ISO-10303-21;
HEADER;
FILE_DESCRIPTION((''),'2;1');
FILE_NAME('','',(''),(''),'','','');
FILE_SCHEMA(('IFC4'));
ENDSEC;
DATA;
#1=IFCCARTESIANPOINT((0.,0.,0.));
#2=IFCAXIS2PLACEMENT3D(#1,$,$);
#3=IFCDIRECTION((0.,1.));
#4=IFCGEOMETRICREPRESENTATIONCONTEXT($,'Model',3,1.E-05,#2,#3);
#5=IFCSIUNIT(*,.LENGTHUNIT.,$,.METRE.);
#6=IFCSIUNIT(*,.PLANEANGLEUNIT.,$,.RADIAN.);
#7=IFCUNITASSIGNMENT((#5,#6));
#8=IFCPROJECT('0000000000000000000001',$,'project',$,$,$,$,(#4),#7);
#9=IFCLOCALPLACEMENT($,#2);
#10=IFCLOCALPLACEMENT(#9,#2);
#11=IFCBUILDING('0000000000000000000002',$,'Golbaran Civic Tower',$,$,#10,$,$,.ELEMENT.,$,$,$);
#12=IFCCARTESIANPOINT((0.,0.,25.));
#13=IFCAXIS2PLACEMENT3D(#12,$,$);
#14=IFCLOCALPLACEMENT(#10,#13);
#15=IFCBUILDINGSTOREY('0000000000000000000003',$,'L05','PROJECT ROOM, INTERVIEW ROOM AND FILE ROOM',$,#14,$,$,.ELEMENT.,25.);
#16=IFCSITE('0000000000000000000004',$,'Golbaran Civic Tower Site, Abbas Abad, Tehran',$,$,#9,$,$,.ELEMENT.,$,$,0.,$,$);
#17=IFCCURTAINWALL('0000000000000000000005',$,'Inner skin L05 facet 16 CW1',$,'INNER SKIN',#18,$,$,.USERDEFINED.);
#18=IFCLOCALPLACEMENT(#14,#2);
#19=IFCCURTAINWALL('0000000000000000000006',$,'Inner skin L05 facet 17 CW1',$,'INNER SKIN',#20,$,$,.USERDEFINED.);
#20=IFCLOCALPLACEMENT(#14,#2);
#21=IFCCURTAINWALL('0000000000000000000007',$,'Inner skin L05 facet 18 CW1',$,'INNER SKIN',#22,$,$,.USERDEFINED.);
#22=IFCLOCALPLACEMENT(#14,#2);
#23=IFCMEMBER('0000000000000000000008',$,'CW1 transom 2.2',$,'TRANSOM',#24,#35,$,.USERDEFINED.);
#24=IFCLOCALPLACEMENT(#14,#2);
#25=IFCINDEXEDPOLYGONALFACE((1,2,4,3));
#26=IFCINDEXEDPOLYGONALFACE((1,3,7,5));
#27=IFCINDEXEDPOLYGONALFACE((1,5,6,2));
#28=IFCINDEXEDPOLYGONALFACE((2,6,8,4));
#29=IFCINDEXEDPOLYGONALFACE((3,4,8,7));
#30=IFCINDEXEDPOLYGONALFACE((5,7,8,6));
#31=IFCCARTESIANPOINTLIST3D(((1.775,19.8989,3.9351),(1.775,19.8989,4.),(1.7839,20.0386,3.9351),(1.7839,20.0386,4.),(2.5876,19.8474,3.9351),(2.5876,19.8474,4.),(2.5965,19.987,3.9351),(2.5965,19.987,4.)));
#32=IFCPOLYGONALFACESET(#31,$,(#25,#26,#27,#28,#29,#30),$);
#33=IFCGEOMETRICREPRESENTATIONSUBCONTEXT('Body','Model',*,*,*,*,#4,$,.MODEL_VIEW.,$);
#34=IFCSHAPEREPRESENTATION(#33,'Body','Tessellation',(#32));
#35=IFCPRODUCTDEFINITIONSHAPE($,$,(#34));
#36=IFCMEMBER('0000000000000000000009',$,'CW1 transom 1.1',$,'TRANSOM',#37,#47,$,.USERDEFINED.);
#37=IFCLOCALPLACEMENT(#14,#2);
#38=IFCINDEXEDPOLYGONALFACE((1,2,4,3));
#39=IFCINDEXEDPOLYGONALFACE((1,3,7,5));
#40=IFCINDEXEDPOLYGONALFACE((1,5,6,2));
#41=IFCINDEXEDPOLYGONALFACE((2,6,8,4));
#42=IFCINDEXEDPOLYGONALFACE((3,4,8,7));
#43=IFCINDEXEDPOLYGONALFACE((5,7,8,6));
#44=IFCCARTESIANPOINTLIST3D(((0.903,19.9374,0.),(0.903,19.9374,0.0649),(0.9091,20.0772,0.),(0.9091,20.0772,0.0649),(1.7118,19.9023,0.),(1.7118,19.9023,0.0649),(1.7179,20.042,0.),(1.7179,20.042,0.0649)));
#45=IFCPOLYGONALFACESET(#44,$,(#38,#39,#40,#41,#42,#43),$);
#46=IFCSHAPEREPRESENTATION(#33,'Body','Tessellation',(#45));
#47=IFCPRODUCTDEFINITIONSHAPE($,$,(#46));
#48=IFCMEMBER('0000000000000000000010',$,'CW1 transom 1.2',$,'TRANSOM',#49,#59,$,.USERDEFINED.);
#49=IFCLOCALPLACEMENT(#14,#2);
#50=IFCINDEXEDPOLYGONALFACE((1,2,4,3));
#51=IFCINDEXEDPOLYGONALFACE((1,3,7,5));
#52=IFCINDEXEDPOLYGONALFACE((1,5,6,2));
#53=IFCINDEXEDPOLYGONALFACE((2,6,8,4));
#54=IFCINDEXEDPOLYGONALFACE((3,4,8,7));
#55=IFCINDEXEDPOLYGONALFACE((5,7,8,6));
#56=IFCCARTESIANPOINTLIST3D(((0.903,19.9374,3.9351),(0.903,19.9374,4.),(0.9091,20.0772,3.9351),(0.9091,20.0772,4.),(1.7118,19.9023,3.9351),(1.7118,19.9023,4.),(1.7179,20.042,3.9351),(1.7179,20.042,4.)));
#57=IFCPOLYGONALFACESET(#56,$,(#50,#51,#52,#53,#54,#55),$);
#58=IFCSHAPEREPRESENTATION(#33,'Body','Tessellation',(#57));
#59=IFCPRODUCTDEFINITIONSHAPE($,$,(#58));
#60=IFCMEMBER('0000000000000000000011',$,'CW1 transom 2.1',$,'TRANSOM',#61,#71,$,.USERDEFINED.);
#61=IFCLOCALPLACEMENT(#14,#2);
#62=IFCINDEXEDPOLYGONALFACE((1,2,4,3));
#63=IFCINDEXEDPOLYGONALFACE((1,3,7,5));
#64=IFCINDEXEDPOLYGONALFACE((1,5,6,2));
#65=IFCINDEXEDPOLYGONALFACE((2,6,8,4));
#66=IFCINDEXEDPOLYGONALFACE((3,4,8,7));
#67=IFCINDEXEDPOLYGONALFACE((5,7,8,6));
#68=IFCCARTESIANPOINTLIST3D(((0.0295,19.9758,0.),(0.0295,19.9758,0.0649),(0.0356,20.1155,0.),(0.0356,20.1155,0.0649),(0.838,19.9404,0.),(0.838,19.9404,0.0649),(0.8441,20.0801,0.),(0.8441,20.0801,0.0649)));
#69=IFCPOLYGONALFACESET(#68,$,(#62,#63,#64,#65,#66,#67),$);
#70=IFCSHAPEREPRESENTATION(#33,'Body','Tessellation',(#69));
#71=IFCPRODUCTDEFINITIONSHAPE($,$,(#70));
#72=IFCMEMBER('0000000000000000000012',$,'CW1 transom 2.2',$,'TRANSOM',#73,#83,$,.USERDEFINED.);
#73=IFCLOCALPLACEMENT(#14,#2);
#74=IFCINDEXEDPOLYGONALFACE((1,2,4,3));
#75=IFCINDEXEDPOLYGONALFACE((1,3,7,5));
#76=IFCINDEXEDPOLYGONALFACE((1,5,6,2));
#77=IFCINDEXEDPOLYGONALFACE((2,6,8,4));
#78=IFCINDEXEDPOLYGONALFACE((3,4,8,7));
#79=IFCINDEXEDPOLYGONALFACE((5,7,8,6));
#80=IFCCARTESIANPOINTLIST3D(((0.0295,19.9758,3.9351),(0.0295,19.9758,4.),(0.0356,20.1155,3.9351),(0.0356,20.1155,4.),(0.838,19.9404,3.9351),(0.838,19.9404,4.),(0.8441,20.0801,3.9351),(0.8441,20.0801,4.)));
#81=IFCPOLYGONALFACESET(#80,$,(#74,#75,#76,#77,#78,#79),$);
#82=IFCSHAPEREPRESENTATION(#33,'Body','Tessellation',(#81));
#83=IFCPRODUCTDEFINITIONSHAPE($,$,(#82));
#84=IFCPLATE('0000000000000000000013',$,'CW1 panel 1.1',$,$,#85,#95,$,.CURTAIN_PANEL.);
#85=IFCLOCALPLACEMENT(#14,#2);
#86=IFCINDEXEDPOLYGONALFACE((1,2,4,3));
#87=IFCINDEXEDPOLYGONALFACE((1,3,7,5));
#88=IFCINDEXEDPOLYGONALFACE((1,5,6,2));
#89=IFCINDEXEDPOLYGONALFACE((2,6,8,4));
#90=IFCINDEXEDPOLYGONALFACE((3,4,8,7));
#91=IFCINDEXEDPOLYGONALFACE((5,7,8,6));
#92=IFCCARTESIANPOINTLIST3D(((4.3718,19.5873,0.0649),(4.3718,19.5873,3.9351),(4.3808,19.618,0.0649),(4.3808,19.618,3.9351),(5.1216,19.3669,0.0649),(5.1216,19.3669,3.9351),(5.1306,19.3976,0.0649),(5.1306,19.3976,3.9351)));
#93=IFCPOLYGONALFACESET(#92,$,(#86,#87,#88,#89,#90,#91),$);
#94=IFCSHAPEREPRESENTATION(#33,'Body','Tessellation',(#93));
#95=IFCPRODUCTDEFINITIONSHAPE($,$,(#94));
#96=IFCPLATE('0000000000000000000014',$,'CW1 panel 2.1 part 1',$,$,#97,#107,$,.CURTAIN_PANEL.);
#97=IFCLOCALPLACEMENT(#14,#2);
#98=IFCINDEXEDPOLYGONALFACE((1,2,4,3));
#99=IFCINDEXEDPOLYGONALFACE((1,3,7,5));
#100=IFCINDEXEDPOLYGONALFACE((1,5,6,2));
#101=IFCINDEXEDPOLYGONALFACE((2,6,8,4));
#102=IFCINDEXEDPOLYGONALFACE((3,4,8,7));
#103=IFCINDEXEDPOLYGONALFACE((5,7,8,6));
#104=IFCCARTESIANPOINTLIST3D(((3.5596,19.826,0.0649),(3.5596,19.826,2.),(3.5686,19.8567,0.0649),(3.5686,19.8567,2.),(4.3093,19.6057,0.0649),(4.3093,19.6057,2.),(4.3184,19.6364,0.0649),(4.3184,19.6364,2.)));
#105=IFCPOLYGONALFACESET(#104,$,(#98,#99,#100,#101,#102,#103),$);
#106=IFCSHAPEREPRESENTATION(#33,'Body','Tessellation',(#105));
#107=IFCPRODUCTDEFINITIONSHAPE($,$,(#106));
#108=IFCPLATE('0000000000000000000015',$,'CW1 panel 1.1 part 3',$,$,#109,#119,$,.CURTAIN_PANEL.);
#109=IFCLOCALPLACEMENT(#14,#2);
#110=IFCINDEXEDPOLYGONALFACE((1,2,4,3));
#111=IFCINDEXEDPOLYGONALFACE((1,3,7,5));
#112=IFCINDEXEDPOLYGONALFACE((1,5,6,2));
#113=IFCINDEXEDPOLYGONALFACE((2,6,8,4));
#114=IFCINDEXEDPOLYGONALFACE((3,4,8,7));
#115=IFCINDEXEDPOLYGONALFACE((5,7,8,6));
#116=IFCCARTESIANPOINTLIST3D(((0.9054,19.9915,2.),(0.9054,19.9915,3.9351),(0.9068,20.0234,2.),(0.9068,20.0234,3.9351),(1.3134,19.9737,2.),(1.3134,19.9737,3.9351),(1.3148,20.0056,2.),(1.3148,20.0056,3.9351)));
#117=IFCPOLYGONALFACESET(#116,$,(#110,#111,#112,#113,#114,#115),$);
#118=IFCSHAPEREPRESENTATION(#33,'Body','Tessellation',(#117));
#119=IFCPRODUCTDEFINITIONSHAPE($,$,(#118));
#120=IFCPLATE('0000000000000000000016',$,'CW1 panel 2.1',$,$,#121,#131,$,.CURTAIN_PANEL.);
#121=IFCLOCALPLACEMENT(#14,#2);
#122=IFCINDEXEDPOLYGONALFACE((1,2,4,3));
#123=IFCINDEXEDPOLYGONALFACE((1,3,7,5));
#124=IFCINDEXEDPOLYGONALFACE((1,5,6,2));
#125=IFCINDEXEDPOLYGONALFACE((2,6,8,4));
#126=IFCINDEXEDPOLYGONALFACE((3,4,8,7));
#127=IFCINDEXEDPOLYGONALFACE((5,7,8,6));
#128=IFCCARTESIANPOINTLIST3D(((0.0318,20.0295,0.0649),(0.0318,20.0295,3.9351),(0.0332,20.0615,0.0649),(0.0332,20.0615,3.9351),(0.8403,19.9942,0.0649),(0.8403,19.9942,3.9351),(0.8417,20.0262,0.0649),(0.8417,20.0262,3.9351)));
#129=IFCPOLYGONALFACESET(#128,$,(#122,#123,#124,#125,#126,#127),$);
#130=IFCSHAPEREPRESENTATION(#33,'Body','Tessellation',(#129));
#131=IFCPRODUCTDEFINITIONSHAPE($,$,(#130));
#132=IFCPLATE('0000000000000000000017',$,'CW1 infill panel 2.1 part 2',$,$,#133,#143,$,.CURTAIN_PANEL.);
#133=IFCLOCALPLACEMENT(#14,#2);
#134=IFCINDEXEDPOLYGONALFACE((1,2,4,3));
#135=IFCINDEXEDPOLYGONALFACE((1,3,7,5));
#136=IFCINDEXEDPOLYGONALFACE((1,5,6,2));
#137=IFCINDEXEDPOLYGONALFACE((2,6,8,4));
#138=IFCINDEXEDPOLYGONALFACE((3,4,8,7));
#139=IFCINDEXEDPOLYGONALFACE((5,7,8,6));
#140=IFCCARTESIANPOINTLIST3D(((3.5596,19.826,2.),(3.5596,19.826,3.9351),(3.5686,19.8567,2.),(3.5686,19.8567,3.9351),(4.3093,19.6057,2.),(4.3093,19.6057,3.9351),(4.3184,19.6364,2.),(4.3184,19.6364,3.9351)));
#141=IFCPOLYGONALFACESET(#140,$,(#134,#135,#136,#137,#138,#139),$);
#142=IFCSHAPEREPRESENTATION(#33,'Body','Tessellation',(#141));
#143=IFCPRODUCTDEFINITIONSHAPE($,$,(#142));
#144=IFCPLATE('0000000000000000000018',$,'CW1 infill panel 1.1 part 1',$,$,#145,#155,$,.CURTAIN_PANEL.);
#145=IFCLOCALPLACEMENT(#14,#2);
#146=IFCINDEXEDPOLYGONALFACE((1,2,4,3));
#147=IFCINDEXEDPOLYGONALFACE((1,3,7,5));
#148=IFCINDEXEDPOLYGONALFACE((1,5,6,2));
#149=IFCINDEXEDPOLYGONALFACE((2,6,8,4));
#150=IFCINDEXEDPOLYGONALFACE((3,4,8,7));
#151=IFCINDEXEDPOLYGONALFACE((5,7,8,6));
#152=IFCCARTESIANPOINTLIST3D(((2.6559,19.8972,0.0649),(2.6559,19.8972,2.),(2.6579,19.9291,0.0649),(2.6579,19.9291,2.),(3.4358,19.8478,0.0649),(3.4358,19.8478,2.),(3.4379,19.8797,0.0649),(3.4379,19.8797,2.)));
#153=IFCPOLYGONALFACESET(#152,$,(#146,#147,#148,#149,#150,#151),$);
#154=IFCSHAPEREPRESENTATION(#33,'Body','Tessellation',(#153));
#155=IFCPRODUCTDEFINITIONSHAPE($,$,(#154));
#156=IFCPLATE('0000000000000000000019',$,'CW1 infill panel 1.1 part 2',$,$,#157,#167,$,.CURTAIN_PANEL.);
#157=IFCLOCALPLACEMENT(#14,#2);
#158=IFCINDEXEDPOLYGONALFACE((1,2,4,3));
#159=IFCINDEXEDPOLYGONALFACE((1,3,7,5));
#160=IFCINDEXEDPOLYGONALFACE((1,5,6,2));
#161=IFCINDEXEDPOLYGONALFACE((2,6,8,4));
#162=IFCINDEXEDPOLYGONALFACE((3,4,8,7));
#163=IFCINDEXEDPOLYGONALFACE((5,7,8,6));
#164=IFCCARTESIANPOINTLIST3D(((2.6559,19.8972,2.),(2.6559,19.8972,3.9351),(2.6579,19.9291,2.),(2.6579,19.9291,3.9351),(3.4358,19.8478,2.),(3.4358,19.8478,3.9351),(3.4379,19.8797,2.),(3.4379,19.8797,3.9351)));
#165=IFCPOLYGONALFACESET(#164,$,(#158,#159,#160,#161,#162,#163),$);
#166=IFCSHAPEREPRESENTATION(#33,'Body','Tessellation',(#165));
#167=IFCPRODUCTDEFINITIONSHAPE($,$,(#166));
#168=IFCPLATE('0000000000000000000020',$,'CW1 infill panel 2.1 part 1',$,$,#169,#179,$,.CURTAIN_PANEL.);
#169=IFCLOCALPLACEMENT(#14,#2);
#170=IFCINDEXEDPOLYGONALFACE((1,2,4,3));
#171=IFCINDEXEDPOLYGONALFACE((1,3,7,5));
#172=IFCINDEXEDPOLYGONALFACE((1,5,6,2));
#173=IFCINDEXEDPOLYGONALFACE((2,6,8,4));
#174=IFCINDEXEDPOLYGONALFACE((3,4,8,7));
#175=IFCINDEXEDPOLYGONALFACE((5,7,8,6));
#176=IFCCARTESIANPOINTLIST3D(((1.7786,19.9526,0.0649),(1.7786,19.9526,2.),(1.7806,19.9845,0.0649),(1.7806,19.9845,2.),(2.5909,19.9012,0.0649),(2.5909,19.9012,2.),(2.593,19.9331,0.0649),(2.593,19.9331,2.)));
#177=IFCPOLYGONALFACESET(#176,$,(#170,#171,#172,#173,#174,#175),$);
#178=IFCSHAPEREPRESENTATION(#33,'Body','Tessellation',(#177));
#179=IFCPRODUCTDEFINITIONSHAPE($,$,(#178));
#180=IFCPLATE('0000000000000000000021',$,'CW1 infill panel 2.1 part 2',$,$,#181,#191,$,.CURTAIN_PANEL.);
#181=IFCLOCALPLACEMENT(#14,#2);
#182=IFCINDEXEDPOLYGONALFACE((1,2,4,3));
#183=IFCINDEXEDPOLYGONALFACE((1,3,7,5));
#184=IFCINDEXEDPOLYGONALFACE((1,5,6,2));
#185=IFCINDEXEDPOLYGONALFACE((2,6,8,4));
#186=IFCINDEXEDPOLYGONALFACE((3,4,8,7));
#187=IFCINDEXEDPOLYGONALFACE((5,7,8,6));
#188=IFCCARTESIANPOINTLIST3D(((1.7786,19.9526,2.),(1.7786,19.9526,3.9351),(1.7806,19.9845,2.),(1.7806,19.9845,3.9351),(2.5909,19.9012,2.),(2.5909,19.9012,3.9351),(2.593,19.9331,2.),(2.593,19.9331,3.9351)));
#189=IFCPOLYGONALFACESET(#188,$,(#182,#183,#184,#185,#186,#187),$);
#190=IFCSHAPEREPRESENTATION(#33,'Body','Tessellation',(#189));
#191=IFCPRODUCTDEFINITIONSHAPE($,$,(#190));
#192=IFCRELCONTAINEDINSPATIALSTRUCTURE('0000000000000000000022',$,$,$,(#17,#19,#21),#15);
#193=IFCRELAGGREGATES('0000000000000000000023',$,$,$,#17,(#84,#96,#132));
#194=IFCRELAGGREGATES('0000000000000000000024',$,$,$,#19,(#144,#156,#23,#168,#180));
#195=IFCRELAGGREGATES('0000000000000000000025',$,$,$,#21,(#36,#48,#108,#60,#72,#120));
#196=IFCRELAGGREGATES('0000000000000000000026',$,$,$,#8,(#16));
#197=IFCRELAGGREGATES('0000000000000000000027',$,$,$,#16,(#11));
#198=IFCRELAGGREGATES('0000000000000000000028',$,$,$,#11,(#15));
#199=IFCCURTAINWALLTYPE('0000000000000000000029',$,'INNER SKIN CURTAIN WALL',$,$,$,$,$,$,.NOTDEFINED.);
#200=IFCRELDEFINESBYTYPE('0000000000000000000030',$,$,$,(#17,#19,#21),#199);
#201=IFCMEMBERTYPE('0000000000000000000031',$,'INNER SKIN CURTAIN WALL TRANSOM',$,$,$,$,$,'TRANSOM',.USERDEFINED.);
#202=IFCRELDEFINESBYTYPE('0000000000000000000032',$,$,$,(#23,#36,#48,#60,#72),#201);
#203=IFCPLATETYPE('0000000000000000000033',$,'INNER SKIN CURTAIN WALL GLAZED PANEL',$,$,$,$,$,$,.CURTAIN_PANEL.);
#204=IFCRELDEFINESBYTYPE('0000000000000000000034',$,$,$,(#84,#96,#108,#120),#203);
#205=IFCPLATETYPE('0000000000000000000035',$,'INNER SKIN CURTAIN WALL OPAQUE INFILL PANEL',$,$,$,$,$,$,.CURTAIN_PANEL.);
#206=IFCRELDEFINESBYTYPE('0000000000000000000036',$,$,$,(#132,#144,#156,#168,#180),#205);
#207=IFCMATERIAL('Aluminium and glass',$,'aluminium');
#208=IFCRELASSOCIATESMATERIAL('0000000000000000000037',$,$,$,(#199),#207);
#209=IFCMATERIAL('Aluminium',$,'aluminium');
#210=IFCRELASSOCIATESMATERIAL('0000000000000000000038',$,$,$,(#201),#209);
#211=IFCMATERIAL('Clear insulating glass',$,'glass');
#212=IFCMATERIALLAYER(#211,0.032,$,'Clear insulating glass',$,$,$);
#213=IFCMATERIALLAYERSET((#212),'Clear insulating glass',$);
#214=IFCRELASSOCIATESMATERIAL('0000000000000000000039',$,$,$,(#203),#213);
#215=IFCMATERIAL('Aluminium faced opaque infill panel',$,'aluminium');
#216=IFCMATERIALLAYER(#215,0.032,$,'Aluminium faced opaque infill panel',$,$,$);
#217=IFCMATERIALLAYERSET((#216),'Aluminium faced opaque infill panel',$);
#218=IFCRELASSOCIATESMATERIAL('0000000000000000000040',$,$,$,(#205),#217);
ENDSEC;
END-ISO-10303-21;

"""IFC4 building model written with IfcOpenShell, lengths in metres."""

from ifc_helpers import new_model, si_unit, direction, frame, origin, origin_2d, place, context, subcontext, project, spatial, rectangle, extrude, material, layer, layer_set, material_profile, profile_set, type_object, element, aggregate, save


model = new_model("IFC4")

# Units and contexts
model_context = context("Model", 3, precision=1e-05, world=origin(), true_north=direction((0.0, 1.0)))
body_context = subcontext(model_context, "Body", "Model", "MODEL_VIEW")
ifc_project = project(units=[si_unit("LENGTHUNIT", "METRE"), si_unit("PLANEANGLEUNIT", "RADIAN")], contexts=[model_context])

# Site, building, storey
site_placement = place(None, origin())
site = spatial("IfcSite", under=ifc_project, at=site_placement, Name="Golbaran Civic Tower Site, Abbas Abad, Tehran", CompositionType="ELEMENT", RefElevation=0.0)
building_placement = place(site_placement, origin())
building = spatial("IfcBuilding", under=site, at=building_placement, Name="Golbaran Civic Tower", CompositionType="ELEMENT")
storey_placement = place(building_placement, frame((0.0, 0.0, 25.0)))
storey = spatial("IfcBuildingStorey", under=building, at=storey_placement, Name="L05", Description="PROJECT ROOM, INTERVIEW ROOM AND FILE ROOM", CompositionType="ELEMENT", Elevation=25.0)

# Curtain walls
ifc_material_1 = material(Name="Aluminium and glass", Category="aluminium")
curtain_wall_type = type_object("IfcCurtainWallType", Name="INNER SKIN CURTAIN WALL", PredefinedType="NOTDEFINED", material=ifc_material_1)
curtain_wall_1_placement = place(storey_placement, origin())
curtain_wall_1 = element("IfcCurtainWall", 1, at=curtain_wall_1_placement, inside=storey, type_object=curtain_wall_type, Name="Inner skin L05 facet 16 CW1", ObjectType="INNER SKIN", PredefinedType="USERDEFINED")
ifc_material_2 = material(Name="Aluminium", Category="aluminium")
curtain_wall_2_placement = place(storey_placement, origin())
curtain_wall_2 = element("IfcCurtainWall", 2, at=curtain_wall_2_placement, inside=storey, type_object=curtain_wall_type, Name="Inner skin L05 facet 17 CW1", ObjectType="INNER SKIN", PredefinedType="USERDEFINED")

# Curtain wall
curtain_wall_3_placement = place(storey_placement, origin())
curtain_wall_3 = element("IfcCurtainWall", 3, at=curtain_wall_3_placement, inside=storey, type_object=curtain_wall_type, Name="Inner skin L05 facet 18 CW1", ObjectType="INNER SKIN", PredefinedType="USERDEFINED")

# Members
ifc_material_profile_1 = material_profile(ifc_material_2, rectangle(XDim=0.1399, YDim=0.0649, at=origin_2d()), Name="INNER SKIN CURTAIN WALL TRANSOM")
ifc_profile_set_1 = profile_set([ifc_material_profile_1], Name="Aluminium")
member_type_1 = type_object("IfcMemberType", Name="INNER SKIN CURTAIN WALL TRANSOM", ElementType="TRANSOM", PredefinedType="USERDEFINED", material=ifc_profile_set_1)
member_1_placement = place(storey_placement, frame((2.592, 19.9172, 3.9675), z_axis=(-0.997996, 0.063274, 0.0), x_axis=(-0.063274, -0.997996, 0.0)))
member_1 = element("IfcMember", 4, at=member_1_placement, type_object=member_type_1, Name="CW1 transom 2.2", ObjectType="TRANSOM", PredefinedType="USERDEFINED", context=body_context, shape_type="SweptSolid", body=[
    extrude(rectangle(XDim=0.1399, YDim=0.0649, at=origin_2d()), origin(), (0.0, 0.0, 1.0), 0.8142),
])
member_2_placement = place(storey_placement, frame((1.7148, 19.9722, 0.0325), z_axis=(-0.999057, 0.043424, 0.0), x_axis=(-0.043424, -0.999057, 0.0)))
member_2 = element("IfcMember", 5, at=member_2_placement, type_object=member_type_1, Name="CW1 transom 1.1", ObjectType="TRANSOM", PredefinedType="USERDEFINED", context=body_context, shape_type="SweptSolid", body=[
    extrude(rectangle(XDim=0.1399, YDim=0.0649, at=origin_2d()), origin(), (0.0, 0.0, 1.0), 0.8096),
])
member_3_placement = place(storey_placement, frame((1.7148, 19.9722, 3.9675), z_axis=(-0.999057, 0.043424, 0.0), x_axis=(-0.043424, -0.999057, 0.0)))
member_3 = element("IfcMember", 6, at=member_3_placement, type_object=member_type_1, Name="CW1 transom 1.2", ObjectType="TRANSOM", PredefinedType="USERDEFINED", context=body_context, shape_type="SweptSolid", body=[
    extrude(rectangle(XDim=0.1399, YDim=0.0649, at=origin_2d()), origin(), (0.0, 0.0, 1.0), 0.8096),
])
member_4_placement = place(storey_placement, frame((0.8411, 20.0103, 0.0325), z_axis=(-0.999043, 0.043738, 0.0), x_axis=(-0.043738, -0.999043, 0.0)))
member_4 = element("IfcMember", 7, at=member_4_placement, type_object=member_type_1, Name="CW1 transom 2.1", ObjectType="TRANSOM", PredefinedType="USERDEFINED", context=body_context, shape_type="SweptSolid", body=[
    extrude(rectangle(XDim=0.1399, YDim=0.0649, at=origin_2d()), origin(), (0.0, 0.0, 1.0), 0.8093),
])
member_5_placement = place(storey_placement, frame((0.8411, 20.0103, 3.9675), z_axis=(-0.999043, 0.043738, 0.0), x_axis=(-0.043738, -0.999043, 0.0)))
member_5 = element("IfcMember", 8, at=member_5_placement, type_object=member_type_1, Name="CW1 transom 2.2", ObjectType="TRANSOM", PredefinedType="USERDEFINED", context=body_context, shape_type="SweptSolid", body=[
    extrude(rectangle(XDim=0.1399, YDim=0.0649, at=origin_2d()), origin(), (0.0, 0.0, 1.0), 0.8093),
])

# Plates
ifc_material_3 = material(Name="Clear insulating glass", Category="glass")
ifc_layer_1 = layer(ifc_material_3, 0.032, Name="Clear insulating glass")
ifc_layer_set_1 = layer_set([ifc_layer_1], Name="Clear insulating glass")
plate_type_1 = type_object("IfcPlateType", Name="INNER SKIN CURTAIN WALL GLAZED PANEL", PredefinedType="CURTAIN_PANEL", material=ifc_layer_set_1)
plate_1_placement = place(storey_placement, frame((4.7512, 19.4924, 0.0649), z_axis=(0.0, 0.0, 1.0), x_axis=(-0.959425, 0.281964, 0.0)))
plate_1 = element("IfcPlate", 9, at=plate_1_placement, type_object=plate_type_1, Name="CW1 panel 1.1", PredefinedType="CURTAIN_PANEL", context=body_context, shape_type="SweptSolid", body=[
    extrude(rectangle(XDim=0.7815, YDim=0.032, at=origin_2d()), origin(), (0.0, 0.0, 1.0), 3.8701),
])
plate_2_placement = place(storey_placement, frame((3.939, 19.7312, 0.0649), z_axis=(0.0, 0.0, 1.0), x_axis=(-0.959425, 0.281964, 0.0)))
plate_2 = element("IfcPlate", 10, at=plate_2_placement, type_object=plate_type_1, Name="CW1 panel 2.1 part 1", PredefinedType="CURTAIN_PANEL", context=body_context, shape_type="SweptSolid", body=[
    extrude(rectangle(XDim=0.7815, YDim=0.032, at=origin_2d()), origin(), (0.0, 0.0, 1.0), 1.9351),
])
plate_3_placement = place(storey_placement, frame((1.1101, 19.9985, 2.0), z_axis=(0.0, 0.0, 1.0), x_axis=(-0.999048, 0.043619, 0.0)))
plate_3 = element("IfcPlate", 11, at=plate_3_placement, type_object=plate_type_1, Name="CW1 panel 1.1 part 3", PredefinedType="CURTAIN_PANEL", context=body_context, shape_type="SweptSolid", body=[
    extrude(rectangle(XDim=0.4084, YDim=0.032, at=origin_2d()), origin(), (0.0, 0.0, 1.0), 1.9351),
])
plate_4_placement = place(storey_placement, frame((0.4368, 20.0278, 0.0649), z_axis=(0.0, 0.0, 1.0), x_axis=(-0.999048, 0.043619, 0.0)))
plate_4 = element("IfcPlate", 12, at=plate_4_placement, type_object=plate_type_1, Name="CW1 panel 2.1", PredefinedType="CURTAIN_PANEL", context=body_context, shape_type="SweptSolid", body=[
    extrude(rectangle(XDim=0.8093, YDim=0.032, at=origin_2d()), origin(), (0.0, 0.0, 1.0), 3.8701),
])
ifc_material_4 = material(Name="Aluminium faced opaque infill panel", Category="aluminium")
ifc_layer_2 = layer(ifc_material_4, 0.032, Name="Aluminium faced opaque infill panel")
ifc_layer_set_2 = layer_set([ifc_layer_2], Name="Aluminium faced opaque infill panel")
plate_type_2 = type_object("IfcPlateType", Name="INNER SKIN CURTAIN WALL OPAQUE INFILL PANEL", PredefinedType="CURTAIN_PANEL", material=ifc_layer_set_2)
plate_5_placement = place(storey_placement, frame((3.939, 19.7312, 2.0), z_axis=(0.0, 0.0, 1.0), x_axis=(-0.959425, 0.281964, 0.0)))
plate_5 = element("IfcPlate", 13, at=plate_5_placement, type_object=plate_type_2, Name="CW1 infill panel 2.1 part 2", PredefinedType="CURTAIN_PANEL", context=body_context, shape_type="SweptSolid", body=[
    extrude(rectangle(XDim=0.7815, YDim=0.032, at=origin_2d()), origin(), (0.0, 0.0, 1.0), 1.9351),
])
aggregate(curtain_wall_1, [plate_1, plate_2, plate_5])
plate_6_placement = place(storey_placement, frame((3.0469, 19.8884, 0.0649), z_axis=(0.0, 0.0, 1.0), x_axis=(-0.998002, 0.063183, 0.0)))
plate_6 = element("IfcPlate", 14, at=plate_6_placement, type_object=plate_type_2, Name="CW1 infill panel 1.1 part 1", PredefinedType="CURTAIN_PANEL", context=body_context, shape_type="SweptSolid", body=[
    extrude(rectangle(XDim=0.7815, YDim=0.032, at=origin_2d()), origin(), (0.0, 0.0, 1.0), 1.9351),
])
plate_7_placement = place(storey_placement, frame((3.0469, 19.8884, 2.0), z_axis=(0.0, 0.0, 1.0), x_axis=(-0.998002, 0.063183, 0.0)))
plate_7 = element("IfcPlate", 15, at=plate_7_placement, type_object=plate_type_2, Name="CW1 infill panel 1.1 part 2", PredefinedType="CURTAIN_PANEL", context=body_context, shape_type="SweptSolid", body=[
    extrude(rectangle(XDim=0.7815, YDim=0.032, at=origin_2d()), origin(), (0.0, 0.0, 1.0), 1.9351),
])
plate_8_placement = place(storey_placement, frame((2.1858, 19.9429, 0.0649), z_axis=(0.0, 0.0, 1.0), x_axis=(-0.998002, 0.063183, 0.0)))
plate_8 = element("IfcPlate", 16, at=plate_8_placement, type_object=plate_type_2, Name="CW1 infill panel 2.1 part 1", PredefinedType="CURTAIN_PANEL", context=body_context, shape_type="SweptSolid", body=[
    extrude(rectangle(XDim=0.814, YDim=0.032, at=origin_2d()), origin(), (0.0, 0.0, 1.0), 1.9351),
])
plate_9_placement = place(storey_placement, frame((2.1858, 19.9429, 2.0), z_axis=(0.0, 0.0, 1.0), x_axis=(-0.998002, 0.063183, 0.0)))
plate_9 = element("IfcPlate", 17, at=plate_9_placement, type_object=plate_type_2, Name="CW1 infill panel 2.1 part 2", PredefinedType="CURTAIN_PANEL", context=body_context, shape_type="SweptSolid", body=[
    extrude(rectangle(XDim=0.814, YDim=0.032, at=origin_2d()), origin(), (0.0, 0.0, 1.0), 1.9351),
])
aggregate(curtain_wall_2, [plate_6, plate_7, member_1, plate_8, plate_9])
aggregate(curtain_wall_3, [member_2, member_3, plate_3, member_4, member_5, plate_4])

save(model, "model.ifc")
